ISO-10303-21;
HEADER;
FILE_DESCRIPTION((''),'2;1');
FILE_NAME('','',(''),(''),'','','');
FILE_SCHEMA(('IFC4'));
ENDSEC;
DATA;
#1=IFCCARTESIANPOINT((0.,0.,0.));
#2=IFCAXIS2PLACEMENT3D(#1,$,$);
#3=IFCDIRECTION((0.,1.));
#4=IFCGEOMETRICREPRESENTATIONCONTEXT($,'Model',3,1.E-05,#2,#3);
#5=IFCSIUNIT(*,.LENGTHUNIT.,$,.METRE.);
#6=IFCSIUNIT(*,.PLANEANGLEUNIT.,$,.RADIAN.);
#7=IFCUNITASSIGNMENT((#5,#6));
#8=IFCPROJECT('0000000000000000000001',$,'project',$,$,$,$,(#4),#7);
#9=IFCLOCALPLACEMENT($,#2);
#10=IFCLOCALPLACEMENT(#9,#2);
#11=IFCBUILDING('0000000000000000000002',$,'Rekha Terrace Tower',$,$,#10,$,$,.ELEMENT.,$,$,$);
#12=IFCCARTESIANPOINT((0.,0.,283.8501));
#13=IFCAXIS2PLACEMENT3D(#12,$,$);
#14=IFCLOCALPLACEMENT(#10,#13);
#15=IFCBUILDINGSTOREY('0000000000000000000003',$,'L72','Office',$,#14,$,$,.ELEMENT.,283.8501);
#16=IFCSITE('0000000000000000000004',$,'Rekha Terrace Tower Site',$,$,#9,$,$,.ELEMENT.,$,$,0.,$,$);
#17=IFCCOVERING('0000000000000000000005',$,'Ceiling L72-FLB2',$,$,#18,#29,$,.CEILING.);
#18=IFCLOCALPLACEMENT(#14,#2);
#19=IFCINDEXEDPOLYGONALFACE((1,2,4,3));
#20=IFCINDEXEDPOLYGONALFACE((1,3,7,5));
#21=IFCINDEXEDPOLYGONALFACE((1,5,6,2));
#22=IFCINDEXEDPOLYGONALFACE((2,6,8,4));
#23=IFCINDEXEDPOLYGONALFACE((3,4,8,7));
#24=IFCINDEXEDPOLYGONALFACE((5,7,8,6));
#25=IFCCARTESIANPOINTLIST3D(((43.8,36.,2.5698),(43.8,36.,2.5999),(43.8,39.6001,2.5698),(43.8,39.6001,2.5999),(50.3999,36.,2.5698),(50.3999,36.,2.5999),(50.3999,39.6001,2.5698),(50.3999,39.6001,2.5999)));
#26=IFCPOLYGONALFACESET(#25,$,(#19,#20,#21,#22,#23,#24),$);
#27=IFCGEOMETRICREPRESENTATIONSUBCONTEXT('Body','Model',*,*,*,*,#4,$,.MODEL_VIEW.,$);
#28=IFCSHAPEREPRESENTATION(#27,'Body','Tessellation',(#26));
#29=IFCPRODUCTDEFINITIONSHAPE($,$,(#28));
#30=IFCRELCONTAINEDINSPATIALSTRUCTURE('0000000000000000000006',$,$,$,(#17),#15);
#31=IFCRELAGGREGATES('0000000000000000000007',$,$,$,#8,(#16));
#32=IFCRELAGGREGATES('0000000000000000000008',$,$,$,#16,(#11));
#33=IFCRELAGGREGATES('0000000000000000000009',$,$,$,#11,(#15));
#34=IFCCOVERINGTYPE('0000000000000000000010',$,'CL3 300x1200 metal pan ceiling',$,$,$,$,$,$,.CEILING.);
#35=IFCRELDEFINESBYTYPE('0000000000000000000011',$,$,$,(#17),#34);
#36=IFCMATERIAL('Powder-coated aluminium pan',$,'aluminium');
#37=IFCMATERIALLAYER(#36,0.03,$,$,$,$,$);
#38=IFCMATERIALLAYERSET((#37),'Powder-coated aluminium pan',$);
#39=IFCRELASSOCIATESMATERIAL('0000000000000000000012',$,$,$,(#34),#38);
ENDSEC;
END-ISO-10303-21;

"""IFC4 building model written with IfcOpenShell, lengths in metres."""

from ifc_helpers import new_model, si_unit, direction, frame, origin, place, context, subcontext, project, spatial, polyline, outline, extrude, material, layer, layer_set, type_object, element, save


model = new_model("IFC4")

# Units and contexts
model_context = context("Model", 3, precision=1e-05, world=origin(), true_north=direction((0.0, 1.0)))
body_context = subcontext(model_context, "Body", "Model", "MODEL_VIEW")
ifc_project = project(units=[si_unit("LENGTHUNIT", "METRE"), si_unit("PLANEANGLEUNIT", "RADIAN")], contexts=[model_context])

# Site, building, storey
site_placement = place(None, origin())
site = spatial("IfcSite", under=ifc_project, at=site_placement, Name="Rekha Terrace Tower Site", CompositionType="ELEMENT", RefElevation=0.0)
building_placement = place(site_placement, origin())
building = spatial("IfcBuilding", under=site, at=building_placement, Name="Rekha Terrace Tower", CompositionType="ELEMENT")
storey_placement = place(building_placement, frame((0.0, 0.0, 283.8501)))
storey = spatial("IfcBuildingStorey", under=building, at=storey_placement, Name="L72", Description="Office", CompositionType="ELEMENT", Elevation=283.8501)

# Covering
ifc_material_1 = material(Name="Powder-coated aluminium pan", Category="aluminium")
ifc_layer_1 = layer(ifc_material_1, 0.03)
ifc_layer_set_1 = layer_set([ifc_layer_1], Name="Powder-coated aluminium pan")
covering_type_1 = type_object("IfcCoveringType", Name="CL3 300x1200 metal pan ceiling", PredefinedType="CEILING", material=ifc_layer_set_1)
covering_1_placement = place(storey_placement, frame((0.0, 0.0, 2.5698)))
element("IfcCovering", 1, at=covering_1_placement, inside=storey, type_object=covering_type_1, Name="Ceiling L72-FLB2", PredefinedType="CEILING", context=body_context, shape_type="SweptSolid", body=[
    extrude(outline(polyline([(50.3999, 39.6001), (43.8, 39.6001), (43.8, 36.0), (50.3999, 36.0), (50.3999, 39.6001)])), origin(), (0.0, 0.0, 1.0), 0.03),
])

save(model, "model.ifc")
